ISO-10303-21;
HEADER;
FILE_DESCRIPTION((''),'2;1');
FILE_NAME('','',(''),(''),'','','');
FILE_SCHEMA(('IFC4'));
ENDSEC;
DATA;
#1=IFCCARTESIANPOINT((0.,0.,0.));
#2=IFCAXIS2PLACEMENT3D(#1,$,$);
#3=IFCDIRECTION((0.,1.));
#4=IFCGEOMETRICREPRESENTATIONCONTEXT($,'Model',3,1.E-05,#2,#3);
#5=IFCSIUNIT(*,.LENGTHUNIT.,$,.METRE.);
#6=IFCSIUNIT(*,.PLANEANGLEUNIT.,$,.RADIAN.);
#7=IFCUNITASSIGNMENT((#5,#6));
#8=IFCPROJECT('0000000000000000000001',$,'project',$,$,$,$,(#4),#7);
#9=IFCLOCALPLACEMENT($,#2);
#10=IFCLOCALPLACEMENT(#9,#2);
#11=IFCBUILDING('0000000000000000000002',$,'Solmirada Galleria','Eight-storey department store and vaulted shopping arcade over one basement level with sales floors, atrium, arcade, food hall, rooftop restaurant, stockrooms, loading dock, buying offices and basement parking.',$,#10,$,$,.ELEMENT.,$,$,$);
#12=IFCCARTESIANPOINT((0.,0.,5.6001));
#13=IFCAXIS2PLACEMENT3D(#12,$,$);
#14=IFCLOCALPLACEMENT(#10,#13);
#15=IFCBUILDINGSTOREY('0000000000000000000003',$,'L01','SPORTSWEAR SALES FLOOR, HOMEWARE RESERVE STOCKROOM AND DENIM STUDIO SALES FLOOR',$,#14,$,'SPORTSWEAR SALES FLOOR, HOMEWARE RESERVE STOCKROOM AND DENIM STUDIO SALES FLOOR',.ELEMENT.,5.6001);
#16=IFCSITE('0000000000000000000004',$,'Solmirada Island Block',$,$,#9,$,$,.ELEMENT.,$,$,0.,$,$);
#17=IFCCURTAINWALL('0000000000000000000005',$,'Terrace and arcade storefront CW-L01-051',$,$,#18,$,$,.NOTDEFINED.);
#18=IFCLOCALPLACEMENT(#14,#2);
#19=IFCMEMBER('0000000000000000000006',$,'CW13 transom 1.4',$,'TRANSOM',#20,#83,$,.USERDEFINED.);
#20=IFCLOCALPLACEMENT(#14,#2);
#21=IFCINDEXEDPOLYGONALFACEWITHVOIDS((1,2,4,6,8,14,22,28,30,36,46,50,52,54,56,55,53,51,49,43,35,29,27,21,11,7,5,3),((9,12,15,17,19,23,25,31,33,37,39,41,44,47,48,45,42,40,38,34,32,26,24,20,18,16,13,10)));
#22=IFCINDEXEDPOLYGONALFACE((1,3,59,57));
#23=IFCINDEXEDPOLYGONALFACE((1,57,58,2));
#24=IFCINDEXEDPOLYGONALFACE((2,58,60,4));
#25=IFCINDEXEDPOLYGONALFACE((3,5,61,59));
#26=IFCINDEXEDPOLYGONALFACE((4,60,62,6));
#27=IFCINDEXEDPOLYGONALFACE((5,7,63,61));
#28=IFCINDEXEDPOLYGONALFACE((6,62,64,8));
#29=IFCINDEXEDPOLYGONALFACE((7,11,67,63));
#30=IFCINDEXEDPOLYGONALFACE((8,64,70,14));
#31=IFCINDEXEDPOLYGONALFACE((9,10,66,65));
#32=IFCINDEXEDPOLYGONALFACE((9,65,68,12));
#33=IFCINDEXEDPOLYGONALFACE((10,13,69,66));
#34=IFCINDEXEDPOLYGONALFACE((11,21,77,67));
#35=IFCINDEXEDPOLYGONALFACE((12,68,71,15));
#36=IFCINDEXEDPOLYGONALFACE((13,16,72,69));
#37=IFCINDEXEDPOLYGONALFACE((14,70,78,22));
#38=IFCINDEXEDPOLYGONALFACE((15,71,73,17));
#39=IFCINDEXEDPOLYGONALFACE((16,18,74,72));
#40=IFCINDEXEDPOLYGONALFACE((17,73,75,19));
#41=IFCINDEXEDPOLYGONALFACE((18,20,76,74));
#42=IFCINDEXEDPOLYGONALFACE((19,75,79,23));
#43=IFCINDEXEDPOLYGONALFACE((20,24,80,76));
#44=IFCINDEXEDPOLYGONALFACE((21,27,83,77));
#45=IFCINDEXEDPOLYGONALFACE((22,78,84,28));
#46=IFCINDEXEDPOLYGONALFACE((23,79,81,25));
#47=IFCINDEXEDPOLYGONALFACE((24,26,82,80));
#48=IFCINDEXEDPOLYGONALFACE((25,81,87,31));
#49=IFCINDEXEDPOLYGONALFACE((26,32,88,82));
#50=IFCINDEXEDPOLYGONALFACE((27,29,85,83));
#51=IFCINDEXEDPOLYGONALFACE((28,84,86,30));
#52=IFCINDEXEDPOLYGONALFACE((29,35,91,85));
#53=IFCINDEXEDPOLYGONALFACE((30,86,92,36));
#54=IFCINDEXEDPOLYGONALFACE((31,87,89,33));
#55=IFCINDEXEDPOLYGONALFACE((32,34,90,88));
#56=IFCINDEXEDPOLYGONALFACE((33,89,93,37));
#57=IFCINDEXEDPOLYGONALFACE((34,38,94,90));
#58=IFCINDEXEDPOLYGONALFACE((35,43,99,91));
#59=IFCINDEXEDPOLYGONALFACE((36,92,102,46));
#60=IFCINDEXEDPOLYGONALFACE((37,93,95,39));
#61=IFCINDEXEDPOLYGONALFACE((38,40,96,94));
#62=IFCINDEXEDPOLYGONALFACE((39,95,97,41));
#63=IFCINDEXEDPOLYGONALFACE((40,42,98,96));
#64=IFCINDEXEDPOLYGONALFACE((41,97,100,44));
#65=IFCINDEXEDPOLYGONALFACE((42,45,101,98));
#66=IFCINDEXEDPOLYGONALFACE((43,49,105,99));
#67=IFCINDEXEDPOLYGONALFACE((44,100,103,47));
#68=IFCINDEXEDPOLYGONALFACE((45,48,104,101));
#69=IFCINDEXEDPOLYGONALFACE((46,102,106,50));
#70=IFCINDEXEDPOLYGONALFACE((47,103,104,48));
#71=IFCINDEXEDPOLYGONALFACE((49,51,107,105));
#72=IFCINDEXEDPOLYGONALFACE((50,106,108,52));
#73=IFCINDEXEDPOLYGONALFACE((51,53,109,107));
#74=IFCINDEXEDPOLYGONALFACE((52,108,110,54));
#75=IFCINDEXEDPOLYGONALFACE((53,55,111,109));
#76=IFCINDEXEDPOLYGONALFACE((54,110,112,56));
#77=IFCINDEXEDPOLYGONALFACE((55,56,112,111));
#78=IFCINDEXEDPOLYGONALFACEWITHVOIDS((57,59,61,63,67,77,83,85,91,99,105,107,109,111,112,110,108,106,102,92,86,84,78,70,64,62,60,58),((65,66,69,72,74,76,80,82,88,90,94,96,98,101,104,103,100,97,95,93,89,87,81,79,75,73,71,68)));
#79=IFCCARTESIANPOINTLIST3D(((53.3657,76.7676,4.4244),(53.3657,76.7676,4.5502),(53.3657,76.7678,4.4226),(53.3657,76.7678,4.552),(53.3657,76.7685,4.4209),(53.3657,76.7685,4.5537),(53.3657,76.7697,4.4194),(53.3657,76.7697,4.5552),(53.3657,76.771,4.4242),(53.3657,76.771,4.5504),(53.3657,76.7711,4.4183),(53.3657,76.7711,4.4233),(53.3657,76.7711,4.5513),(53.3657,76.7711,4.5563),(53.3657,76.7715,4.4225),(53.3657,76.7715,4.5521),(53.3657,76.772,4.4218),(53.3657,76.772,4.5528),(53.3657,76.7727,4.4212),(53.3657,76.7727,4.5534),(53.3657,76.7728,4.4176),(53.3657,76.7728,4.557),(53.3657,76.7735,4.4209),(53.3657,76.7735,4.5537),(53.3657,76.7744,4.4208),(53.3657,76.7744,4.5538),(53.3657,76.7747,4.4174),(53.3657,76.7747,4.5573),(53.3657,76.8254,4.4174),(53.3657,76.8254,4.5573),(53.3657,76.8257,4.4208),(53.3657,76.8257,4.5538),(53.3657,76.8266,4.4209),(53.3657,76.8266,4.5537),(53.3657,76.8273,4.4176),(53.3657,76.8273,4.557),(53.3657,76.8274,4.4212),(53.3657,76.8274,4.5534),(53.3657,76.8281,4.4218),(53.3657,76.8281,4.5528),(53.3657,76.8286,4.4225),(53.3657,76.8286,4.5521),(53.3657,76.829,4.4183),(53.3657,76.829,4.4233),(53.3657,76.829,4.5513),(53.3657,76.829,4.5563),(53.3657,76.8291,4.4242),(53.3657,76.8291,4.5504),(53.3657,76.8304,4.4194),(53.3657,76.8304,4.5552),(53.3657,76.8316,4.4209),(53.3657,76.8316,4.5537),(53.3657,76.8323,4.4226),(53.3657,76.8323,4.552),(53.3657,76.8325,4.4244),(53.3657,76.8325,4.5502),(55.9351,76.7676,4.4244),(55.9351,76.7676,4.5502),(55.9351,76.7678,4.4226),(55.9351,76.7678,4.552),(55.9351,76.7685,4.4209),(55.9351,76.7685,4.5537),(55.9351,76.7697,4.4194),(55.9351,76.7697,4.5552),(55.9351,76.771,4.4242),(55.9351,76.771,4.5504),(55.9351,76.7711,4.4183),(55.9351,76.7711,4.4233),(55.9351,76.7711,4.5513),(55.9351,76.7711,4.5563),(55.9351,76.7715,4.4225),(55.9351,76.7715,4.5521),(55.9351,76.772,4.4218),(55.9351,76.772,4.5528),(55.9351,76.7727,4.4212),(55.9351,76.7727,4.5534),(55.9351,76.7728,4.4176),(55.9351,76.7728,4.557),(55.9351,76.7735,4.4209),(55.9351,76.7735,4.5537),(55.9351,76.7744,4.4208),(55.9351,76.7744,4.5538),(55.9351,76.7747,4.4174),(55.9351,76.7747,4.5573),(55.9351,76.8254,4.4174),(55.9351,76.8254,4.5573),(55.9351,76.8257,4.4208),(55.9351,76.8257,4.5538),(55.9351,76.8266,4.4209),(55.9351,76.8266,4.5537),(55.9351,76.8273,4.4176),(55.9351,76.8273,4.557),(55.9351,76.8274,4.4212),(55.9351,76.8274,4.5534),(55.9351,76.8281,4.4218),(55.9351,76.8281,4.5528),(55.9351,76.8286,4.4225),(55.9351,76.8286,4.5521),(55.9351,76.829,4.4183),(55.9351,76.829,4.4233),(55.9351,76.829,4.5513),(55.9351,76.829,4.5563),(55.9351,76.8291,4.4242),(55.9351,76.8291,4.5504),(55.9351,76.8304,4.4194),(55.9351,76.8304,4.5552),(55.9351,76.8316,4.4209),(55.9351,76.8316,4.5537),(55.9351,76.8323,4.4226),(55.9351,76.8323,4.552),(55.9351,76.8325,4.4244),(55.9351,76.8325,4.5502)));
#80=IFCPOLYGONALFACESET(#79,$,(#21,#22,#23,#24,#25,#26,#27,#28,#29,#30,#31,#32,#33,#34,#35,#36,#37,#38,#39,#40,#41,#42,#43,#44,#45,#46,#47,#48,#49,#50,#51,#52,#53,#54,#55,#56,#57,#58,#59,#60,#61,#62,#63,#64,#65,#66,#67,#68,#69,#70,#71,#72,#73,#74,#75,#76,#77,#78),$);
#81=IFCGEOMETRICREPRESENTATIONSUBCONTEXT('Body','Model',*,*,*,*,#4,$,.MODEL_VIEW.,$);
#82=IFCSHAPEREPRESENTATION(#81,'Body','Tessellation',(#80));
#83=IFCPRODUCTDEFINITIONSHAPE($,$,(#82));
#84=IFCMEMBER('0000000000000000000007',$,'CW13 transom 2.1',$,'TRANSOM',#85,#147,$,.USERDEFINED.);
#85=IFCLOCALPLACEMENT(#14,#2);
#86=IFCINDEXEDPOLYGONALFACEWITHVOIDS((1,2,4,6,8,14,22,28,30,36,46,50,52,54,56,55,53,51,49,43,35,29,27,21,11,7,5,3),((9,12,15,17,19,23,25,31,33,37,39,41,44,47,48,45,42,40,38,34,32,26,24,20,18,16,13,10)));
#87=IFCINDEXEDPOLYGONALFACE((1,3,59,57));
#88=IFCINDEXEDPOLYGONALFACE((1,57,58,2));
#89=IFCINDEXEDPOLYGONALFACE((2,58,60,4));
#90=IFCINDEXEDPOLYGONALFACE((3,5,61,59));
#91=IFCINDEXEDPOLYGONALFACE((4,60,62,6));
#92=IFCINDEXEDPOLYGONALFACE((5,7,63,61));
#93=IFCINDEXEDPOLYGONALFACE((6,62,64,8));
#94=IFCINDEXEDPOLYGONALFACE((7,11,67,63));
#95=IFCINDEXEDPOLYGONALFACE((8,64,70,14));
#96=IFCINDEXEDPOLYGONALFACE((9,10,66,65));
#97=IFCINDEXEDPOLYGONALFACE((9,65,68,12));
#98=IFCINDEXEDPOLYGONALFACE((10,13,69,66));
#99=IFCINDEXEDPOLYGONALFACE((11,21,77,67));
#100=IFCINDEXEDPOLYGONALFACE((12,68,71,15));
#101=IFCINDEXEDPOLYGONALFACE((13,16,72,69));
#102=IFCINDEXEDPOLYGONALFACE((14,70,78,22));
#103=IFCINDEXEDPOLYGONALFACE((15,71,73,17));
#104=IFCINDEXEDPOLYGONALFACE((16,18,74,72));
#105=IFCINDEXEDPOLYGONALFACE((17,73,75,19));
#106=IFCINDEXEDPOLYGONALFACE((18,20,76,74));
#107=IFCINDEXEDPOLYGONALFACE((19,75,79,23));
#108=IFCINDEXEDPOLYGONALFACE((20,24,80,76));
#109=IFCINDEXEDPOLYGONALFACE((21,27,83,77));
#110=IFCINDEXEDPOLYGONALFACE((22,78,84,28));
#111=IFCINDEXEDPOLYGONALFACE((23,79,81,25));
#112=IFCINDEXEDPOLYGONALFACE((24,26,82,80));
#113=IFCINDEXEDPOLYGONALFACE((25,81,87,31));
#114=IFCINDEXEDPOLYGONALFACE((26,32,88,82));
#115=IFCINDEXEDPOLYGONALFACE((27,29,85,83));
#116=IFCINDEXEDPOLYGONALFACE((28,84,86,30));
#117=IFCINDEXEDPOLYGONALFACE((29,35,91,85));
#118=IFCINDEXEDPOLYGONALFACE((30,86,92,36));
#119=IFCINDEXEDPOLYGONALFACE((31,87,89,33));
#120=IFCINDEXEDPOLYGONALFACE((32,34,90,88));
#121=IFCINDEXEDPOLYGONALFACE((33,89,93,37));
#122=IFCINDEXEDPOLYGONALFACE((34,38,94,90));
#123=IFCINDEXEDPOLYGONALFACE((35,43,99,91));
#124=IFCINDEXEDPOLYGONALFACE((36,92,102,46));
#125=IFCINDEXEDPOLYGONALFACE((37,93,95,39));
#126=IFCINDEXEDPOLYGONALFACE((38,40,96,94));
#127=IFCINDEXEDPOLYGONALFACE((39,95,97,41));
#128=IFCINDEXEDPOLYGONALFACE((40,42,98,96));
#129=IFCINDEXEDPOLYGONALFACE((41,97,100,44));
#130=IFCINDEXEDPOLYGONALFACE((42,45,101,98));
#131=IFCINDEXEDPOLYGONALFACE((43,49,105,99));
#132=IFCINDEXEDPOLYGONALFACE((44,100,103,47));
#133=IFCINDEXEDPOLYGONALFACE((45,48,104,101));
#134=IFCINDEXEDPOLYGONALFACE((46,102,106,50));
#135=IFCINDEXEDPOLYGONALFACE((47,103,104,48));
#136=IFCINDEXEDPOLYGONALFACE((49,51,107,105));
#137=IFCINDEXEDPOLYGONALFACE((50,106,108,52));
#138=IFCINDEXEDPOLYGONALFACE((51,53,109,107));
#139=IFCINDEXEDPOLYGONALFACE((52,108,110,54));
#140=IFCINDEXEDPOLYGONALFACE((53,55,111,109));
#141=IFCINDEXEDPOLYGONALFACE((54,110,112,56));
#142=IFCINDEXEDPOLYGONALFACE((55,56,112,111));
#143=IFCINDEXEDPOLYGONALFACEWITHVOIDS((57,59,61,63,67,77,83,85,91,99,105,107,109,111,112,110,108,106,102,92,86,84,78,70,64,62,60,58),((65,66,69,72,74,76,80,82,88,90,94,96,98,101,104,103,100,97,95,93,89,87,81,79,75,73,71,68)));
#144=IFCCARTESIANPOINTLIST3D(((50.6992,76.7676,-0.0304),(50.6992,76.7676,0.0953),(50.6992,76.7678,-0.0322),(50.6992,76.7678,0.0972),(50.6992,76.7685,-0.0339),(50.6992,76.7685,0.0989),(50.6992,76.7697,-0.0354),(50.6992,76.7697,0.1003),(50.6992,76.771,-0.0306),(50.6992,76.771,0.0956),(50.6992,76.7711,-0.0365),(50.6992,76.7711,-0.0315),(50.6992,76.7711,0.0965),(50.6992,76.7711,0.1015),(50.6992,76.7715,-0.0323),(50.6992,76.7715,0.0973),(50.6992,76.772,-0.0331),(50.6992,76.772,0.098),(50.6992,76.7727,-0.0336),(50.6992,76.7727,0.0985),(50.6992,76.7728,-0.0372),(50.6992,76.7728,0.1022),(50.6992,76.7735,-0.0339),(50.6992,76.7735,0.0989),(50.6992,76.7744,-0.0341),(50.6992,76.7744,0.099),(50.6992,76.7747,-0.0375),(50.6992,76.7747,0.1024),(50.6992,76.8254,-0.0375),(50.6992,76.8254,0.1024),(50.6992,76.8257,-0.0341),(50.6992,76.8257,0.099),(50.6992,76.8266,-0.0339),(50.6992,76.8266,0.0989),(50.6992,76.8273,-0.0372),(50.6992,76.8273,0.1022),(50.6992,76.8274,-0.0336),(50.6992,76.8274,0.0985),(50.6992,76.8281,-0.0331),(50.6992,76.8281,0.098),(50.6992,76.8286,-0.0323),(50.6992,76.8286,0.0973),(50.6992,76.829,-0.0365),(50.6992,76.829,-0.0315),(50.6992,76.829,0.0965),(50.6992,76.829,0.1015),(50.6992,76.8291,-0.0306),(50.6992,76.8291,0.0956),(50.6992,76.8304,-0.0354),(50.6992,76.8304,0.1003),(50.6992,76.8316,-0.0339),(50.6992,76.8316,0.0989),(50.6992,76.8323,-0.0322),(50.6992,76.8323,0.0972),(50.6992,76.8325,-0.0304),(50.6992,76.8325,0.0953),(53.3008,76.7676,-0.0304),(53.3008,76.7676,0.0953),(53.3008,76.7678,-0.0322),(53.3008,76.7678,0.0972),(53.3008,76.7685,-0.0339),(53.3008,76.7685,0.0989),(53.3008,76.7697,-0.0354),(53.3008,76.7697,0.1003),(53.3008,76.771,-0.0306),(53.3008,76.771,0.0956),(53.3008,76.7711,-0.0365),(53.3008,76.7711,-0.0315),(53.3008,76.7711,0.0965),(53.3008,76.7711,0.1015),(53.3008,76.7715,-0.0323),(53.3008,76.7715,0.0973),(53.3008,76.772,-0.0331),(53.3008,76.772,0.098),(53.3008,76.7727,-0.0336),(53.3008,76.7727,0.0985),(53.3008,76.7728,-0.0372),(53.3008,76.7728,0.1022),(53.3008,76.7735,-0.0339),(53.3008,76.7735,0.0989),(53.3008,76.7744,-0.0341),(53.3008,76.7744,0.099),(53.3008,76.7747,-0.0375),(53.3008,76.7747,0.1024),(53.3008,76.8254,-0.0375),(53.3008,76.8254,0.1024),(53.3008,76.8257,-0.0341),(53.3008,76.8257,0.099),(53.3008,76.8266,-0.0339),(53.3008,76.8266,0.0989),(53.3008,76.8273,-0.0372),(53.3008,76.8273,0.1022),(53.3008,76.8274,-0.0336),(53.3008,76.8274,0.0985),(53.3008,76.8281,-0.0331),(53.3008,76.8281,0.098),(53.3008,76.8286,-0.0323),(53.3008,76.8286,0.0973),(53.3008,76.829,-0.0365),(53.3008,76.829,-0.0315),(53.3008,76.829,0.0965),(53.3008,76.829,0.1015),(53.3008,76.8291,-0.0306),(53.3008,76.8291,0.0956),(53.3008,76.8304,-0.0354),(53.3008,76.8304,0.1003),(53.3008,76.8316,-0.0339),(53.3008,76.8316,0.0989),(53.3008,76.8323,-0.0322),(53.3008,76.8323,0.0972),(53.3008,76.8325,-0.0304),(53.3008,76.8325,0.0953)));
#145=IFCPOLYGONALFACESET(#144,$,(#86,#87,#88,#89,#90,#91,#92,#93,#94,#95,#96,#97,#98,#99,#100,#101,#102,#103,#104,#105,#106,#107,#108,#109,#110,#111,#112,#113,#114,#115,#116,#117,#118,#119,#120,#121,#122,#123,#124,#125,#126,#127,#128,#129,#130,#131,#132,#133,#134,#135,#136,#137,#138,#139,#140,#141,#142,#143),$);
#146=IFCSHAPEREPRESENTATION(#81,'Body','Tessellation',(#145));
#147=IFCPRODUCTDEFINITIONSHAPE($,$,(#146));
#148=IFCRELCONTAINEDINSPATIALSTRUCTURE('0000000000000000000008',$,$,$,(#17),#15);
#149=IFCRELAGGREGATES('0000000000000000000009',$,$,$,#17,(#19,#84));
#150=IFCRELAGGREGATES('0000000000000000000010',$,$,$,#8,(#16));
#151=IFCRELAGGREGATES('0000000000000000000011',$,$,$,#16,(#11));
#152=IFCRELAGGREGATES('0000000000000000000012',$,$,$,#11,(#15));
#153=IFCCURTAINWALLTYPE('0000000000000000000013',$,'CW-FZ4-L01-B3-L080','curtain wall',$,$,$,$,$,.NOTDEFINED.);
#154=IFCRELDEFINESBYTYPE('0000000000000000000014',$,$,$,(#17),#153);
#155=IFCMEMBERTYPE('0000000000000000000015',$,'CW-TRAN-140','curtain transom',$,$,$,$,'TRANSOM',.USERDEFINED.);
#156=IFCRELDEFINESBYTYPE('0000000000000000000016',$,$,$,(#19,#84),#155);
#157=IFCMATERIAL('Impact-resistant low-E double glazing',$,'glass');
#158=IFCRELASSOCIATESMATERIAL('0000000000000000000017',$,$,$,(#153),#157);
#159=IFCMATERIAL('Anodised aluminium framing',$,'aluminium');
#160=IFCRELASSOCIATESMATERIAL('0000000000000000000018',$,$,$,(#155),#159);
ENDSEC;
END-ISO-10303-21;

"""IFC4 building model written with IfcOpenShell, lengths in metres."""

from ifc_helpers import new_model, si_unit, direction, frame, origin, origin_2d, place, context, subcontext, project, spatial, hollow_rectangle, extrude, material, material_profile, profile_set, type_object, element, aggregate, save


model = new_model("IFC4")

# Units and contexts
model_context = context("Model", 3, precision=1e-05, world=origin(), true_north=direction((0.0, 1.0)))
body_context = subcontext(model_context, "Body", "Model", "MODEL_VIEW")
ifc_project = project(units=[si_unit("LENGTHUNIT", "METRE"), si_unit("PLANEANGLEUNIT", "RADIAN")], contexts=[model_context])

# Site, building, storey
site_placement = place(None, origin())
site = spatial("IfcSite", under=ifc_project, at=site_placement, Name="Solmirada Island Block", CompositionType="ELEMENT", RefElevation=0.0)
building_placement = place(site_placement, origin())
building = spatial("IfcBuilding", under=site, at=building_placement, Name="Solmirada Galleria", Description="Eight-storey department store and vaulted shopping arcade over one basement level with sales floors, atrium, arcade, food hall, rooftop restaurant, stockrooms, loading dock, buying offices and basement parking.", CompositionType="ELEMENT")
storey_placement = place(building_placement, frame((0.0, 0.0, 5.6001)))
storey = spatial("IfcBuildingStorey", under=building, at=storey_placement, Name="L01", Description="SPORTSWEAR SALES FLOOR, HOMEWARE RESERVE STOCKROOM AND DENIM STUDIO SALES FLOOR", LongName="SPORTSWEAR SALES FLOOR, HOMEWARE RESERVE STOCKROOM AND DENIM STUDIO SALES FLOOR", CompositionType="ELEMENT", Elevation=5.6001)

# Curtain wall
ifc_material_1 = material(Name="Impact-resistant low-E double glazing", Category="glass")
curtain_wall_type = type_object("IfcCurtainWallType", Name="CW-FZ4-L01-B3-L080", Description="curtain wall", PredefinedType="NOTDEFINED", material=ifc_material_1)
curtain_wall_1_placement = place(storey_placement, origin())
curtain_wall_1 = element("IfcCurtainWall", 1, at=curtain_wall_1_placement, inside=storey, type_object=curtain_wall_type, Name="Terrace and arcade storefront CW-L01-051", PredefinedType="NOTDEFINED")
ifc_material_2 = material(Name="Anodised aluminium framing", Category="aluminium")

# Members
ifc_material_profile_1 = material_profile(ifc_material_2, hollow_rectangle(XDim=0.0649, YDim=0.1399, WallThickness=0.0034, InnerFilletRadius=0.0034, OuterFilletRadius=0.0071, at=origin_2d()), Name="ALU-TRAN-140X65")
ifc_profile_set_1 = profile_set([ifc_material_profile_1], Name="Anodised aluminium framing")
member_type_1 = type_object("IfcMemberType", Name="CW-TRAN-140", Description="curtain transom", ElementType="TRANSOM", PredefinedType="USERDEFINED", material=ifc_profile_set_1)
member_1_placement = place(storey_placement, frame((55.9351, 76.8, 4.4873), z_axis=(-1.0, 0.0, 0.0), x_axis=(0.0, -1.0, 0.0)))
member_1 = element("IfcMember", 2, at=member_1_placement, type_object=member_type_1, Name="CW13 transom 1.4", ObjectType="TRANSOM", PredefinedType="USERDEFINED", context=body_context, shape_type="SweptSolid", body=[
    extrude(hollow_rectangle(XDim=0.0649, YDim=0.1399, WallThickness=0.0034, InnerFilletRadius=0.0034, OuterFilletRadius=0.0071, at=origin_2d()), origin(), (0.0, 0.0, 1.0), 2.5693),
])
member_2_placement = place(storey_placement, frame((53.3008, 76.8, 0.0325), z_axis=(-1.0, 0.0, 0.0), x_axis=(0.0, -1.0, 0.0)))
member_2 = element("IfcMember", 3, at=member_2_placement, type_object=member_type_1, Name="CW13 transom 2.1", ObjectType="TRANSOM", PredefinedType="USERDEFINED", context=body_context, shape_type="SweptSolid", body=[
    extrude(hollow_rectangle(XDim=0.0649, YDim=0.1399, WallThickness=0.0034, InnerFilletRadius=0.0034, OuterFilletRadius=0.0071, at=origin_2d()), origin(), (0.0, 0.0, 1.0), 2.6016),
])

aggregate(curtain_wall_1, [member_1, member_2])

save(model, "model.ifc")
